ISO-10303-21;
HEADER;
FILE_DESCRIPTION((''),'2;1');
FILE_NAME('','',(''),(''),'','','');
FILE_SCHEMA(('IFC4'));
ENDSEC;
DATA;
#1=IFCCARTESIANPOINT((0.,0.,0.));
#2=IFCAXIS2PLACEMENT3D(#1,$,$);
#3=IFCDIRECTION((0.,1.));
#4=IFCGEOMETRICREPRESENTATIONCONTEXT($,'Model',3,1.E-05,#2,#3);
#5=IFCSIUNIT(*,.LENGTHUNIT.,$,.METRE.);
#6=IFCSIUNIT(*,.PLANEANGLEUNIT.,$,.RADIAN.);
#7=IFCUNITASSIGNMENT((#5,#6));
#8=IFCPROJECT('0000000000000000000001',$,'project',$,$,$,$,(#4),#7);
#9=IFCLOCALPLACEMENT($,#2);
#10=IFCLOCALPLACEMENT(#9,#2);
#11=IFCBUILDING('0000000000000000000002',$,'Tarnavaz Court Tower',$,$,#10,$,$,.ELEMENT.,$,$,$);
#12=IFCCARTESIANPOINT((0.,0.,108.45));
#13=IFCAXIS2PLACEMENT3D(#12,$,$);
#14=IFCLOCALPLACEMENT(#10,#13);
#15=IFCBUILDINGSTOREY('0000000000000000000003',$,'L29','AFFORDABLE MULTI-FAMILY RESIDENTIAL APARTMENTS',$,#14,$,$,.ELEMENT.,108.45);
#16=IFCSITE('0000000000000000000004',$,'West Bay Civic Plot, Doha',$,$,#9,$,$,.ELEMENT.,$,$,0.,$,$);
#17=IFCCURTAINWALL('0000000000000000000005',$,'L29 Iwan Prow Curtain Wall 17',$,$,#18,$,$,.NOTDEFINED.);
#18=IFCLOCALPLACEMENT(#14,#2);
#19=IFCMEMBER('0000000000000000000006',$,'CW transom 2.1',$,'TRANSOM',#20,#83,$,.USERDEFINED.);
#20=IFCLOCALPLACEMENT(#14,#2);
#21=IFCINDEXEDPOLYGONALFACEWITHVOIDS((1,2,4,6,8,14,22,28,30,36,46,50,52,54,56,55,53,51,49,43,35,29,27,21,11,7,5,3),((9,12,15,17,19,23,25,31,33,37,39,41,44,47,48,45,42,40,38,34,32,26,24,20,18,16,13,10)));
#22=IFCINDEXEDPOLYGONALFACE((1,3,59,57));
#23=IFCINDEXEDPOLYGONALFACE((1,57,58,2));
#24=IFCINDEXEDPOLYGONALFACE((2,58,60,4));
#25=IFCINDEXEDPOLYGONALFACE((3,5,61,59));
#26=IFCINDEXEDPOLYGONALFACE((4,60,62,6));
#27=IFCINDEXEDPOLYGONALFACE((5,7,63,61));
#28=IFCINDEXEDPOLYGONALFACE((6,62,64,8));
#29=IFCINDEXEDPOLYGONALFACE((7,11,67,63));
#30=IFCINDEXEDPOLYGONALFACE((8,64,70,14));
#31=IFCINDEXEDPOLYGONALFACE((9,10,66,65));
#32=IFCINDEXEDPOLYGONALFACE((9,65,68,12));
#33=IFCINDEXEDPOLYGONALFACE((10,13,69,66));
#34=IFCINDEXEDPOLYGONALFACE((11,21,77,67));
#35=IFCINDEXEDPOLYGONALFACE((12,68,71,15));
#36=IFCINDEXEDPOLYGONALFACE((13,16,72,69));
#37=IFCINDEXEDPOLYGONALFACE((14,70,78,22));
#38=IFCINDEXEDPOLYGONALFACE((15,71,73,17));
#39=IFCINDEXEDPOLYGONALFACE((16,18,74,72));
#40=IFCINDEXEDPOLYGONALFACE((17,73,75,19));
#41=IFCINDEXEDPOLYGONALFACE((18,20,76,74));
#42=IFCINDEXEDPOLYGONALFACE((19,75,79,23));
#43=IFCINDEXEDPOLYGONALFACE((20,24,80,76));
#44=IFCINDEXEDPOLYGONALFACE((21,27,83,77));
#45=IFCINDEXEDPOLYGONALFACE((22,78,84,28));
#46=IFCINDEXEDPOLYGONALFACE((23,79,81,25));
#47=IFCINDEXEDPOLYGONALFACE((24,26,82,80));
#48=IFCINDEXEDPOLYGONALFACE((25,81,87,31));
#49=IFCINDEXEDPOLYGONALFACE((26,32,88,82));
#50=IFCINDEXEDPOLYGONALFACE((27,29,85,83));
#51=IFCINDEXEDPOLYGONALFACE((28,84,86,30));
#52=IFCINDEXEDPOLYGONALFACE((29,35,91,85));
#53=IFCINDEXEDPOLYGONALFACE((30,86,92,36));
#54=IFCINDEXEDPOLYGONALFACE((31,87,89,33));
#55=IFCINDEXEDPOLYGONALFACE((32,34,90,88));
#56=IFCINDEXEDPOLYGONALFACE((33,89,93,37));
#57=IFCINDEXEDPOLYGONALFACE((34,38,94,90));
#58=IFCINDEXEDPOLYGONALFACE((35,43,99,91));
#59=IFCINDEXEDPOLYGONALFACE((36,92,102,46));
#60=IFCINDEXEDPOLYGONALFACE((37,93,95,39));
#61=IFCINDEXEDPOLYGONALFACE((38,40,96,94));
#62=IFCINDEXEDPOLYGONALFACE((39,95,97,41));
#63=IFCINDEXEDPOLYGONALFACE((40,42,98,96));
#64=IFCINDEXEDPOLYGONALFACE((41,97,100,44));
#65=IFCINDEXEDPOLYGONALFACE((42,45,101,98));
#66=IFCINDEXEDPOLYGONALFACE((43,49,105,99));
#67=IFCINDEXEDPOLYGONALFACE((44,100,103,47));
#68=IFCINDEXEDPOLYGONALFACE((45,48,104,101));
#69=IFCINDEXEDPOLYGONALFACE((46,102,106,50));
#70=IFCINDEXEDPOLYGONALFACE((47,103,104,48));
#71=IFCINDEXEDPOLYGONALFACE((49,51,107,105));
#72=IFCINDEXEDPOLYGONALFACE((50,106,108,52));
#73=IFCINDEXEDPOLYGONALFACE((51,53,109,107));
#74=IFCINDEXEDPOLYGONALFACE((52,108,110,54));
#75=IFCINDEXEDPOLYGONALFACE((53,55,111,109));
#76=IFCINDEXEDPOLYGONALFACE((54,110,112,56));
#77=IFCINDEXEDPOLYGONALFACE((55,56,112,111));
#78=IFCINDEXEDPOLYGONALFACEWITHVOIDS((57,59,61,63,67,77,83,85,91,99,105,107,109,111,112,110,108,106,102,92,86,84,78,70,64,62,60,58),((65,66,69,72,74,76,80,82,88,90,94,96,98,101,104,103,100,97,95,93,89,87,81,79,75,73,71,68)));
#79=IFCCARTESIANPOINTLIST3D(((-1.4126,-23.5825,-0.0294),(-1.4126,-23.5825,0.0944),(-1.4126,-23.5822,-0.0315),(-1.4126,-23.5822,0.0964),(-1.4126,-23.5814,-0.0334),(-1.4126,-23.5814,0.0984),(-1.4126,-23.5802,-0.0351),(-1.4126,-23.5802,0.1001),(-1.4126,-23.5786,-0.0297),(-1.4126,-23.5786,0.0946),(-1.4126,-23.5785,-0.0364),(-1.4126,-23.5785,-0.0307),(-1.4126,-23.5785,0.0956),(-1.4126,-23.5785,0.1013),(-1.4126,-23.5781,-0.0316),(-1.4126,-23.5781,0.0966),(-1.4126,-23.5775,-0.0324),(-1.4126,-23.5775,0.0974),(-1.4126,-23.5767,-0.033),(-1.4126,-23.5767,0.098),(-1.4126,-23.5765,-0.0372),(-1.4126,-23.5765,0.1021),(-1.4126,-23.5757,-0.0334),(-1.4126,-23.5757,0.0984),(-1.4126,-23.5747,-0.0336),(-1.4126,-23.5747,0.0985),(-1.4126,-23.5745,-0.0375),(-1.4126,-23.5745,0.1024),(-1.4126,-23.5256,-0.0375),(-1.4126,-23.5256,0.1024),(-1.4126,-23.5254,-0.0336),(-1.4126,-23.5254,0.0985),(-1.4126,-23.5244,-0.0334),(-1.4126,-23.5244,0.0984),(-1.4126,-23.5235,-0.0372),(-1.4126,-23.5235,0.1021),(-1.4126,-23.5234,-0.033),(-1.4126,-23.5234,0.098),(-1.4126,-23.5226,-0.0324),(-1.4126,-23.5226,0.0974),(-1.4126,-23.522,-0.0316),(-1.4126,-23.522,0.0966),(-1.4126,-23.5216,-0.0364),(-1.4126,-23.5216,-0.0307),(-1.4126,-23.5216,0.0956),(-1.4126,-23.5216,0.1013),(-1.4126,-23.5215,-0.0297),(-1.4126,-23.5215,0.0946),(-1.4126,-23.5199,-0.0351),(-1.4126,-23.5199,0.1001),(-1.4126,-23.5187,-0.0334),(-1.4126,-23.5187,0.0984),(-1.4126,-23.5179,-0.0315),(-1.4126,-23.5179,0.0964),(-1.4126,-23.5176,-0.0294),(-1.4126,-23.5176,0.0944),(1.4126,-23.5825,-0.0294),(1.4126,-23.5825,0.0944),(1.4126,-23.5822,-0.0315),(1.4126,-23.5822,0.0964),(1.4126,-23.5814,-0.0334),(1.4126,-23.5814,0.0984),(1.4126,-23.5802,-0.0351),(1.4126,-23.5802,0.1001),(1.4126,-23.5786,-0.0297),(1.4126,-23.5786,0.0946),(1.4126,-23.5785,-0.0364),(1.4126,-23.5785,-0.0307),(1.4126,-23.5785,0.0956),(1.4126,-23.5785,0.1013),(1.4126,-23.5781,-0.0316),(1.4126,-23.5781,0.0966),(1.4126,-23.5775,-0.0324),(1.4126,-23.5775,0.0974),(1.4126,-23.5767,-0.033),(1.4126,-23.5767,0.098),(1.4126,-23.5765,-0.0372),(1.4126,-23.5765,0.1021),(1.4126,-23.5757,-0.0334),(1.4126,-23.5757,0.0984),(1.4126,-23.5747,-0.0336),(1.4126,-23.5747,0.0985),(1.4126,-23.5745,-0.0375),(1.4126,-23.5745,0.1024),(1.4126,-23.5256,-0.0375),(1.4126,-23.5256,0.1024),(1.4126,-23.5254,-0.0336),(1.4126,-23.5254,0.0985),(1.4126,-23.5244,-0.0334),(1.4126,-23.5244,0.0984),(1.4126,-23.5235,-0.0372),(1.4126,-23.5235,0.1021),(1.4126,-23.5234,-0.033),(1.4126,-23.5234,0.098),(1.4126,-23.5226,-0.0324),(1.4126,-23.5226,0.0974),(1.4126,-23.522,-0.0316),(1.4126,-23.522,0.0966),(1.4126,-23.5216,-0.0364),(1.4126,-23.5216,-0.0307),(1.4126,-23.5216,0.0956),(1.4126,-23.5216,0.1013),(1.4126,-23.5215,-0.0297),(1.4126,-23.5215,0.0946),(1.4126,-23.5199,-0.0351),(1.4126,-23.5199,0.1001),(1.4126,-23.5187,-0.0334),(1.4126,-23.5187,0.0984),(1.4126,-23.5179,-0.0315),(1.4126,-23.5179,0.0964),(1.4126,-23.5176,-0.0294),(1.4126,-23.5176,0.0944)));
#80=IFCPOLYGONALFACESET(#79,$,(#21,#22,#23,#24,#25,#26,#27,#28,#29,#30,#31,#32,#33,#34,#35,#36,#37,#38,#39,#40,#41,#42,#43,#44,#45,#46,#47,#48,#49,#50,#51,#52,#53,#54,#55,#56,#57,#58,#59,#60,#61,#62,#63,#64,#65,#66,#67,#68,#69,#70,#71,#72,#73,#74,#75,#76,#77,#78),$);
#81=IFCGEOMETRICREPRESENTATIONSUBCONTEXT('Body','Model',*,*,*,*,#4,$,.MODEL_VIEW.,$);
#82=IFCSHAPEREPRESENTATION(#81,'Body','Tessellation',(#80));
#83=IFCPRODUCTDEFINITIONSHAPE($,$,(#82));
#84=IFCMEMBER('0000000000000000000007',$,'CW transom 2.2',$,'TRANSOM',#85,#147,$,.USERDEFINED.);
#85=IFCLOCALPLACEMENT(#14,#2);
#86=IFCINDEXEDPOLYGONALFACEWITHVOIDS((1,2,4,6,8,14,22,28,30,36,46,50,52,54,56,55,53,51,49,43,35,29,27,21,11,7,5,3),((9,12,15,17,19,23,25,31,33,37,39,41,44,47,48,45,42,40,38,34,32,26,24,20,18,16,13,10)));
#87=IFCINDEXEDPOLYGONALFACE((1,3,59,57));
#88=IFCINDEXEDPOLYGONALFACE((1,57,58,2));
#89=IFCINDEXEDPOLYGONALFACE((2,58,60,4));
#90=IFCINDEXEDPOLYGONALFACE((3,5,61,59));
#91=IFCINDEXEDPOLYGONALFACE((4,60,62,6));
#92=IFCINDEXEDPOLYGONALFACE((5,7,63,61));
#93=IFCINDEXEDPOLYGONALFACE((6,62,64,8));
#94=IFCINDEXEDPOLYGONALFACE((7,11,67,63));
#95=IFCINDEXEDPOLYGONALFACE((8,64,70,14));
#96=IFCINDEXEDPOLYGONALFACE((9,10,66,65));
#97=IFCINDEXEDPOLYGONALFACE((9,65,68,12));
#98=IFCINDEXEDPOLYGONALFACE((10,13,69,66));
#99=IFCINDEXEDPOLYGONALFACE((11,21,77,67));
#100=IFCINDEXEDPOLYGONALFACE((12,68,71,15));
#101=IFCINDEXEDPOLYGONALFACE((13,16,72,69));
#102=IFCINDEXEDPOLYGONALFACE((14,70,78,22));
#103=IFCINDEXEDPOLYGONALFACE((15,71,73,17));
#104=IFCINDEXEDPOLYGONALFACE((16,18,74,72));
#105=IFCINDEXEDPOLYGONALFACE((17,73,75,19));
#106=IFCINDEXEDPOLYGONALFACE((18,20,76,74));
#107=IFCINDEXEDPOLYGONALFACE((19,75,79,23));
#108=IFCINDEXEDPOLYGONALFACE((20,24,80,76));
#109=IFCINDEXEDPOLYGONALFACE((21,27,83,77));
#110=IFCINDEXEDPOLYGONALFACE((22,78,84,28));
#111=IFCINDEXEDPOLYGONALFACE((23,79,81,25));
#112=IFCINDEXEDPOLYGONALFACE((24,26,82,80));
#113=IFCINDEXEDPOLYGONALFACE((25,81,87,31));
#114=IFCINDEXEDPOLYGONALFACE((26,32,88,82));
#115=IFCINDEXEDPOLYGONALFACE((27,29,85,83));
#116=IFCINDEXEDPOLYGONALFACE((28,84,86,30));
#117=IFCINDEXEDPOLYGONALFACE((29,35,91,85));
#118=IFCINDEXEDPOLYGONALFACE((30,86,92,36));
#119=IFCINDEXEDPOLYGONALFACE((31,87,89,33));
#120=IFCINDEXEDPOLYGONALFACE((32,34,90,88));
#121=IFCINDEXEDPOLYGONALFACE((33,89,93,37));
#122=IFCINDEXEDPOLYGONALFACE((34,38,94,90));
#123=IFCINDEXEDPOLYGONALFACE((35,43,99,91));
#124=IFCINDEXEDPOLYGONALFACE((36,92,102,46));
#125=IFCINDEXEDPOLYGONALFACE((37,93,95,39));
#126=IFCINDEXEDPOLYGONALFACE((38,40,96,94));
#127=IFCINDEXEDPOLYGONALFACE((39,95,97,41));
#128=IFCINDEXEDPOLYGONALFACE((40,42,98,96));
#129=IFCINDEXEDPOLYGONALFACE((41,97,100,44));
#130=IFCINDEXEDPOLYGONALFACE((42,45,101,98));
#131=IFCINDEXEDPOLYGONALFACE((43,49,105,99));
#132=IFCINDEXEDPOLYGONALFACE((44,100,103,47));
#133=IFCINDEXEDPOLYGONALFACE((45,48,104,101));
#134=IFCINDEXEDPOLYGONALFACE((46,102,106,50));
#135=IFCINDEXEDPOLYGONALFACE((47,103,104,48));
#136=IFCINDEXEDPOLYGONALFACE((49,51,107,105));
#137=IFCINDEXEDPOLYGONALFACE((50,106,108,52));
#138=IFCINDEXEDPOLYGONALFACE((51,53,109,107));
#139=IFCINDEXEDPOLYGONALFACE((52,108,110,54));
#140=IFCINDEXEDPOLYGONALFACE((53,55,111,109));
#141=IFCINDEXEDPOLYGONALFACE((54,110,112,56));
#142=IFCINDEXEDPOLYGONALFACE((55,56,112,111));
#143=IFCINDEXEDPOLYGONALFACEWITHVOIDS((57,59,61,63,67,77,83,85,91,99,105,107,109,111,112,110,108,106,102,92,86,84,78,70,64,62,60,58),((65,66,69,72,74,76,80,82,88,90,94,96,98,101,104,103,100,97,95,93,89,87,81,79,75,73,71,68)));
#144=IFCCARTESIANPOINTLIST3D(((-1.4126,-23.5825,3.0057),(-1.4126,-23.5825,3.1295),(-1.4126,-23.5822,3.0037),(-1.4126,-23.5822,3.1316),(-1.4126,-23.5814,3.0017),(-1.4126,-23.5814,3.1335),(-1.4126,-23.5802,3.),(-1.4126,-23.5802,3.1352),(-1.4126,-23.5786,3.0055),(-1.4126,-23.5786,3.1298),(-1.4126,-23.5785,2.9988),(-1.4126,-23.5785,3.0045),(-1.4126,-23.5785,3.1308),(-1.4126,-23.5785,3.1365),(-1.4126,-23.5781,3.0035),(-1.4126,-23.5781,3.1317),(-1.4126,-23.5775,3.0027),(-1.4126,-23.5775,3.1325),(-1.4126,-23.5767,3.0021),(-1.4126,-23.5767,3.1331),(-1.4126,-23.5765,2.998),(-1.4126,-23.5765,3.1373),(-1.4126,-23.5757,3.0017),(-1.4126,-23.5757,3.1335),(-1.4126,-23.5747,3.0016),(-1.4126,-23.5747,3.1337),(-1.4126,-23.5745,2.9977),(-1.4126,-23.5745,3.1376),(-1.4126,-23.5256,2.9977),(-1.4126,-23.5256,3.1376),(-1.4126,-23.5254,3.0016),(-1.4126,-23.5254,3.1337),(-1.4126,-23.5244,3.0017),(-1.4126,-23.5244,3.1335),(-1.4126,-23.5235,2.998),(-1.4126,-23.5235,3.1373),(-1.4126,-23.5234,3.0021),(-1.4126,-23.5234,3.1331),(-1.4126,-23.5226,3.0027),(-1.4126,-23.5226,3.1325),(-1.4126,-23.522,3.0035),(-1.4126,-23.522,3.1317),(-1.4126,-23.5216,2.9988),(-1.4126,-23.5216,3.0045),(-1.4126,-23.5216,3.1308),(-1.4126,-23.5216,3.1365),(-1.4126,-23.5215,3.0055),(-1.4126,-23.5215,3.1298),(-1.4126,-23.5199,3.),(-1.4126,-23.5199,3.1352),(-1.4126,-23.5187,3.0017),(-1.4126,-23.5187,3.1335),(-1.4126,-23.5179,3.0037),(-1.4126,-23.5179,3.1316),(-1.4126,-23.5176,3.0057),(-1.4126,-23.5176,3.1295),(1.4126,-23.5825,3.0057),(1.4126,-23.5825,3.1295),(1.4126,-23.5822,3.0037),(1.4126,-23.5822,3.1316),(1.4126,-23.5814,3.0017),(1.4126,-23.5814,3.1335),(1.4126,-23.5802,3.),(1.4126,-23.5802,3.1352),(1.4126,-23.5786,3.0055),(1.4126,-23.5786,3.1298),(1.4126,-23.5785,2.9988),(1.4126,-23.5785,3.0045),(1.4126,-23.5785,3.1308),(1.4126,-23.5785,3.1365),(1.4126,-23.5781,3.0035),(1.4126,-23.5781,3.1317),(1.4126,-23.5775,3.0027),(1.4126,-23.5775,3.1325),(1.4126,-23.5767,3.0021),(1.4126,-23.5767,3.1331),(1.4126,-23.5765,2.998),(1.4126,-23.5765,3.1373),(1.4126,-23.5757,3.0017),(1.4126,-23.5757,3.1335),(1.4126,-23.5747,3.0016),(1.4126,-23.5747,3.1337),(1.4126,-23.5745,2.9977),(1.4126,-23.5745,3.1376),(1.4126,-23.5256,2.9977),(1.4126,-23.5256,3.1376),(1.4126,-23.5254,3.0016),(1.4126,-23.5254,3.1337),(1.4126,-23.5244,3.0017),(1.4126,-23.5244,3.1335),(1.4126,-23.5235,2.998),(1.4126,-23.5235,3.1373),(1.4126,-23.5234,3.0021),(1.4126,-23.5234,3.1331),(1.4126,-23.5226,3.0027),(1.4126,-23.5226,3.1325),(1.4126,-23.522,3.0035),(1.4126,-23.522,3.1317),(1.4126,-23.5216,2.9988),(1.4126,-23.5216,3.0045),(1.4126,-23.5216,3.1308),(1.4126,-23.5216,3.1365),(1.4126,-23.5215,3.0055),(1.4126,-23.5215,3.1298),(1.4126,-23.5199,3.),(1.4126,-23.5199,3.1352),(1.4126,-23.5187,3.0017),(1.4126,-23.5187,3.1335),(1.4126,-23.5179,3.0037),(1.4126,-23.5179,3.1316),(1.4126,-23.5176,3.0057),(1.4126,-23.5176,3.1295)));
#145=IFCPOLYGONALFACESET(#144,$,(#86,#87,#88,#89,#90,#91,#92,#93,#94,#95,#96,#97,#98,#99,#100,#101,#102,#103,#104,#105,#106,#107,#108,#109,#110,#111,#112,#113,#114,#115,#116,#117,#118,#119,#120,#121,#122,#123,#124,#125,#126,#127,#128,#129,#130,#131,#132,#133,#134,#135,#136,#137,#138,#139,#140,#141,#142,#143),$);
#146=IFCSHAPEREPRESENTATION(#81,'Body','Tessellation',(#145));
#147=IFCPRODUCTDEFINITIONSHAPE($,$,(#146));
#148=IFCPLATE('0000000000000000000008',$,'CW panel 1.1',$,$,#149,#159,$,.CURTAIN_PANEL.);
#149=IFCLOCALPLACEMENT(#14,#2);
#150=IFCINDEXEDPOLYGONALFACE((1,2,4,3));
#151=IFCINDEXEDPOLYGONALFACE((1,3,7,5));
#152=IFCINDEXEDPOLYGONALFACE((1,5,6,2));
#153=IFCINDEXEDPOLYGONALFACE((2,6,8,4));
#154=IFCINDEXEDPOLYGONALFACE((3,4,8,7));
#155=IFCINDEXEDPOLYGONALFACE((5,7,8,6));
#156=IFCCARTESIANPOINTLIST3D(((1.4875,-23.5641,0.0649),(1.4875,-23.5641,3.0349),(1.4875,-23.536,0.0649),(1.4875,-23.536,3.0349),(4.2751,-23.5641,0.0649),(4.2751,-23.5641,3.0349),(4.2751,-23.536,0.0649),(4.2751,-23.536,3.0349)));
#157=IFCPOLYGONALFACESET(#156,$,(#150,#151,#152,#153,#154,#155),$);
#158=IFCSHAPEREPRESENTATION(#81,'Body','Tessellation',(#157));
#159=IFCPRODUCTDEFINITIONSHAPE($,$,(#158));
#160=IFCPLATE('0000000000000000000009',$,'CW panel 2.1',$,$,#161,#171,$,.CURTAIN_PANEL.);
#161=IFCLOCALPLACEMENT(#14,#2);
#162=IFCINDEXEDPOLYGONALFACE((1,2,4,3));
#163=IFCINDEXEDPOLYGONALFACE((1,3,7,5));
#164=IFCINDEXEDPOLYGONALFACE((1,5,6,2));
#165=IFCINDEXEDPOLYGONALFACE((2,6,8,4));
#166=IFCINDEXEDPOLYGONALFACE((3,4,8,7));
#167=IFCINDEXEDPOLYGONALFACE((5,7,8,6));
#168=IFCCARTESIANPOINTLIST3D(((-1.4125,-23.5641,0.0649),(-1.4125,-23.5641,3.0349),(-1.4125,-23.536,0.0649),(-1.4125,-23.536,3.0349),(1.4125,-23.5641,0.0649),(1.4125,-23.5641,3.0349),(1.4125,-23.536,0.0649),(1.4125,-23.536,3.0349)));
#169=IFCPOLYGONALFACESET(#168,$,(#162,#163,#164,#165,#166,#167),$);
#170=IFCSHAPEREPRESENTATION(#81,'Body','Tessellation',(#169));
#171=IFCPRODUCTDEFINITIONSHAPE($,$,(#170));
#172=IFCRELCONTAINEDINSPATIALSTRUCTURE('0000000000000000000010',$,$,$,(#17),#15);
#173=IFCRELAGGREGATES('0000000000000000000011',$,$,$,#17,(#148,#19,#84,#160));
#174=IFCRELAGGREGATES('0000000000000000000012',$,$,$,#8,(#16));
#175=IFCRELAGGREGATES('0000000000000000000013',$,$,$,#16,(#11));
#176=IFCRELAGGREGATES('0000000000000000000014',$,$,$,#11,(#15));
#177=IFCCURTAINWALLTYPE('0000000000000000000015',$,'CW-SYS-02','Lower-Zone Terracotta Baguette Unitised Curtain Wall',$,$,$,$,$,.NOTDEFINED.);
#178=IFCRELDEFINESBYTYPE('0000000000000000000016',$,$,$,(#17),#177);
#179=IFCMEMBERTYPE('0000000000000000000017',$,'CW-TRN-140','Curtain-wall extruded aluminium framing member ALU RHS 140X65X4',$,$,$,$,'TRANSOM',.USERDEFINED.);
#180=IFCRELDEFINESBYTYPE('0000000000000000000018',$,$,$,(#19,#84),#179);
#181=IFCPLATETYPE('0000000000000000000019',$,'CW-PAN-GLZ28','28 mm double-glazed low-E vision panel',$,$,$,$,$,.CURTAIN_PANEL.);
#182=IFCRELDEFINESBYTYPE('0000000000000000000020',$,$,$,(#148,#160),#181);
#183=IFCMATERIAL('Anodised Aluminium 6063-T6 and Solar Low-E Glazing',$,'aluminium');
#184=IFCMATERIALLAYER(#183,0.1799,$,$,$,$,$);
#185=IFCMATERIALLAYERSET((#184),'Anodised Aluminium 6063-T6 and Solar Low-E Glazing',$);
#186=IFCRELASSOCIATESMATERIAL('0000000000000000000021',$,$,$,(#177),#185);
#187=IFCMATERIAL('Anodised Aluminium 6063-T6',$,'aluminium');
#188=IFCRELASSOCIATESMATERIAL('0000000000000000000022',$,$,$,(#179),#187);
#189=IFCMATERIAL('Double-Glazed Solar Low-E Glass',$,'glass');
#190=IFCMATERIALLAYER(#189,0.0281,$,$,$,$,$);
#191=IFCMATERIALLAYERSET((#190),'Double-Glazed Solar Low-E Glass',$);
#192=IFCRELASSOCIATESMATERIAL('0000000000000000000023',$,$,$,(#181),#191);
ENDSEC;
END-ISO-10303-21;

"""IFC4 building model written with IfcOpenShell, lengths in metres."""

from ifc_helpers import new_model, si_unit, direction, frame, origin, origin_2d, place, context, subcontext, project, spatial, rectangle, hollow_rectangle, extrude, material, layer, layer_set, material_profile, profile_set, type_object, element, aggregate, save


model = new_model("IFC4")

# Units and contexts
model_context = context("Model", 3, precision=1e-05, world=origin(), true_north=direction((0.0, 1.0)))
body_context = subcontext(model_context, "Body", "Model", "MODEL_VIEW")
ifc_project = project(units=[si_unit("LENGTHUNIT", "METRE"), si_unit("PLANEANGLEUNIT", "RADIAN")], contexts=[model_context])

# Site, building, storey
site_placement = place(None, origin())
site = spatial("IfcSite", under=ifc_project, at=site_placement, Name="West Bay Civic Plot, Doha", CompositionType="ELEMENT", RefElevation=0.0)
building_placement = place(site_placement, origin())
building = spatial("IfcBuilding", under=site, at=building_placement, Name="Tarnavaz Court Tower", CompositionType="ELEMENT")
storey_placement = place(building_placement, frame((0.0, 0.0, 108.45)))
storey = spatial("IfcBuildingStorey", under=building, at=storey_placement, Name="L29", Description="AFFORDABLE MULTI-FAMILY RESIDENTIAL APARTMENTS", CompositionType="ELEMENT", Elevation=108.45)

# Curtain wall, members, plates
ifc_material_1 = material(Name="Anodised Aluminium 6063-T6 and Solar Low-E Glazing", Category="aluminium")
ifc_layer_1 = layer(ifc_material_1, 0.1799)
ifc_layer_set_1 = layer_set([ifc_layer_1], Name="Anodised Aluminium 6063-T6 and Solar Low-E Glazing")
curtain_wall_type = type_object("IfcCurtainWallType", Name="CW-SYS-02", Description="Lower-Zone Terracotta Baguette Unitised Curtain Wall", PredefinedType="NOTDEFINED", material=ifc_layer_set_1)
curtain_wall_placement = place(storey_placement, origin())
curtain_wall = element("IfcCurtainWall", 1, at=curtain_wall_placement, inside=storey, type_object=curtain_wall_type, Name="L29 Iwan Prow Curtain Wall 17", PredefinedType="NOTDEFINED")
ifc_material_2 = material(Name="Anodised Aluminium 6063-T6", Category="aluminium")
ifc_material_profile_1 = material_profile(ifc_material_2, hollow_rectangle(XDim=0.0649, YDim=0.1399, WallThickness=0.0039, InnerFilletRadius=0.0039, OuterFilletRadius=0.0081, at=origin_2d()), Name="ALU RHS 140X65X4")
ifc_profile_set_1 = profile_set([ifc_material_profile_1], Name="Anodised Aluminium 6063-T6")
member_type_1 = type_object("IfcMemberType", Name="CW-TRN-140", Description="Curtain-wall extruded aluminium framing member ALU RHS 140X65X4", ElementType="TRANSOM", PredefinedType="USERDEFINED", material=ifc_profile_set_1)
member_1_placement = place(storey_placement, frame((1.4126, -23.55, 0.0325), z_axis=(-1.0, 0.0, 0.0), x_axis=(0.0, -1.0, 0.0)))
member_1 = element("IfcMember", 2, at=member_1_placement, type_object=member_type_1, Name="CW transom 2.1", ObjectType="TRANSOM", PredefinedType="USERDEFINED", context=body_context, shape_type="SweptSolid", body=[
    extrude(hollow_rectangle(XDim=0.0649, YDim=0.1399, WallThickness=0.0039, InnerFilletRadius=0.0039, OuterFilletRadius=0.0081, at=origin_2d()), origin(), (0.0, 0.0, 1.0), 2.8252),
])
member_2_placement = place(storey_placement, frame((1.4126, -23.55, 3.0676), z_axis=(-1.0, 0.0, 0.0), x_axis=(0.0, -1.0, 0.0)))
member_2 = element("IfcMember", 3, at=member_2_placement, type_object=member_type_1, Name="CW transom 2.2", ObjectType="TRANSOM", PredefinedType="USERDEFINED", context=body_context, shape_type="SweptSolid", body=[
    extrude(hollow_rectangle(XDim=0.0649, YDim=0.1399, WallThickness=0.0039, InnerFilletRadius=0.0039, OuterFilletRadius=0.0081, at=origin_2d()), origin(), (0.0, 0.0, 1.0), 2.8252),
])
ifc_material_3 = material(Name="Double-Glazed Solar Low-E Glass", Category="glass")
ifc_layer_2 = layer(ifc_material_3, 0.0281)
ifc_layer_set_2 = layer_set([ifc_layer_2], Name="Double-Glazed Solar Low-E Glass")
plate_type = type_object("IfcPlateType", Name="CW-PAN-GLZ28", Description="28 mm double-glazed low-E vision panel", PredefinedType="CURTAIN_PANEL", material=ifc_layer_set_2)
plate_1_placement = place(storey_placement, frame((2.8813, -23.55, 0.0649), z_axis=(0.0, 0.0, 1.0), x_axis=(-1.0, 0.0, 0.0)))
plate_1 = element("IfcPlate", 4, at=plate_1_placement, type_object=plate_type, Name="CW panel 1.1", PredefinedType="CURTAIN_PANEL", context=body_context, shape_type="SweptSolid", body=[
    extrude(rectangle(XDim=2.7876, YDim=0.0281, at=origin_2d()), origin(), (0.0, 0.0, 1.0), 2.97),
])
plate_2_placement = place(storey_placement, frame((0.0, -23.55, 0.0649), z_axis=(0.0, 0.0, 1.0), x_axis=(-1.0, 0.0, 0.0)))
plate_2 = element("IfcPlate", 5, at=plate_2_placement, type_object=plate_type, Name="CW panel 2.1", PredefinedType="CURTAIN_PANEL", context=body_context, shape_type="SweptSolid", body=[
    extrude(rectangle(XDim=2.825, YDim=0.0281, at=origin_2d()), origin(), (0.0, 0.0, 1.0), 2.97),
])
aggregate(curtain_wall, [plate_1, member_1, member_2, plate_2])

save(model, "model.ifc")
